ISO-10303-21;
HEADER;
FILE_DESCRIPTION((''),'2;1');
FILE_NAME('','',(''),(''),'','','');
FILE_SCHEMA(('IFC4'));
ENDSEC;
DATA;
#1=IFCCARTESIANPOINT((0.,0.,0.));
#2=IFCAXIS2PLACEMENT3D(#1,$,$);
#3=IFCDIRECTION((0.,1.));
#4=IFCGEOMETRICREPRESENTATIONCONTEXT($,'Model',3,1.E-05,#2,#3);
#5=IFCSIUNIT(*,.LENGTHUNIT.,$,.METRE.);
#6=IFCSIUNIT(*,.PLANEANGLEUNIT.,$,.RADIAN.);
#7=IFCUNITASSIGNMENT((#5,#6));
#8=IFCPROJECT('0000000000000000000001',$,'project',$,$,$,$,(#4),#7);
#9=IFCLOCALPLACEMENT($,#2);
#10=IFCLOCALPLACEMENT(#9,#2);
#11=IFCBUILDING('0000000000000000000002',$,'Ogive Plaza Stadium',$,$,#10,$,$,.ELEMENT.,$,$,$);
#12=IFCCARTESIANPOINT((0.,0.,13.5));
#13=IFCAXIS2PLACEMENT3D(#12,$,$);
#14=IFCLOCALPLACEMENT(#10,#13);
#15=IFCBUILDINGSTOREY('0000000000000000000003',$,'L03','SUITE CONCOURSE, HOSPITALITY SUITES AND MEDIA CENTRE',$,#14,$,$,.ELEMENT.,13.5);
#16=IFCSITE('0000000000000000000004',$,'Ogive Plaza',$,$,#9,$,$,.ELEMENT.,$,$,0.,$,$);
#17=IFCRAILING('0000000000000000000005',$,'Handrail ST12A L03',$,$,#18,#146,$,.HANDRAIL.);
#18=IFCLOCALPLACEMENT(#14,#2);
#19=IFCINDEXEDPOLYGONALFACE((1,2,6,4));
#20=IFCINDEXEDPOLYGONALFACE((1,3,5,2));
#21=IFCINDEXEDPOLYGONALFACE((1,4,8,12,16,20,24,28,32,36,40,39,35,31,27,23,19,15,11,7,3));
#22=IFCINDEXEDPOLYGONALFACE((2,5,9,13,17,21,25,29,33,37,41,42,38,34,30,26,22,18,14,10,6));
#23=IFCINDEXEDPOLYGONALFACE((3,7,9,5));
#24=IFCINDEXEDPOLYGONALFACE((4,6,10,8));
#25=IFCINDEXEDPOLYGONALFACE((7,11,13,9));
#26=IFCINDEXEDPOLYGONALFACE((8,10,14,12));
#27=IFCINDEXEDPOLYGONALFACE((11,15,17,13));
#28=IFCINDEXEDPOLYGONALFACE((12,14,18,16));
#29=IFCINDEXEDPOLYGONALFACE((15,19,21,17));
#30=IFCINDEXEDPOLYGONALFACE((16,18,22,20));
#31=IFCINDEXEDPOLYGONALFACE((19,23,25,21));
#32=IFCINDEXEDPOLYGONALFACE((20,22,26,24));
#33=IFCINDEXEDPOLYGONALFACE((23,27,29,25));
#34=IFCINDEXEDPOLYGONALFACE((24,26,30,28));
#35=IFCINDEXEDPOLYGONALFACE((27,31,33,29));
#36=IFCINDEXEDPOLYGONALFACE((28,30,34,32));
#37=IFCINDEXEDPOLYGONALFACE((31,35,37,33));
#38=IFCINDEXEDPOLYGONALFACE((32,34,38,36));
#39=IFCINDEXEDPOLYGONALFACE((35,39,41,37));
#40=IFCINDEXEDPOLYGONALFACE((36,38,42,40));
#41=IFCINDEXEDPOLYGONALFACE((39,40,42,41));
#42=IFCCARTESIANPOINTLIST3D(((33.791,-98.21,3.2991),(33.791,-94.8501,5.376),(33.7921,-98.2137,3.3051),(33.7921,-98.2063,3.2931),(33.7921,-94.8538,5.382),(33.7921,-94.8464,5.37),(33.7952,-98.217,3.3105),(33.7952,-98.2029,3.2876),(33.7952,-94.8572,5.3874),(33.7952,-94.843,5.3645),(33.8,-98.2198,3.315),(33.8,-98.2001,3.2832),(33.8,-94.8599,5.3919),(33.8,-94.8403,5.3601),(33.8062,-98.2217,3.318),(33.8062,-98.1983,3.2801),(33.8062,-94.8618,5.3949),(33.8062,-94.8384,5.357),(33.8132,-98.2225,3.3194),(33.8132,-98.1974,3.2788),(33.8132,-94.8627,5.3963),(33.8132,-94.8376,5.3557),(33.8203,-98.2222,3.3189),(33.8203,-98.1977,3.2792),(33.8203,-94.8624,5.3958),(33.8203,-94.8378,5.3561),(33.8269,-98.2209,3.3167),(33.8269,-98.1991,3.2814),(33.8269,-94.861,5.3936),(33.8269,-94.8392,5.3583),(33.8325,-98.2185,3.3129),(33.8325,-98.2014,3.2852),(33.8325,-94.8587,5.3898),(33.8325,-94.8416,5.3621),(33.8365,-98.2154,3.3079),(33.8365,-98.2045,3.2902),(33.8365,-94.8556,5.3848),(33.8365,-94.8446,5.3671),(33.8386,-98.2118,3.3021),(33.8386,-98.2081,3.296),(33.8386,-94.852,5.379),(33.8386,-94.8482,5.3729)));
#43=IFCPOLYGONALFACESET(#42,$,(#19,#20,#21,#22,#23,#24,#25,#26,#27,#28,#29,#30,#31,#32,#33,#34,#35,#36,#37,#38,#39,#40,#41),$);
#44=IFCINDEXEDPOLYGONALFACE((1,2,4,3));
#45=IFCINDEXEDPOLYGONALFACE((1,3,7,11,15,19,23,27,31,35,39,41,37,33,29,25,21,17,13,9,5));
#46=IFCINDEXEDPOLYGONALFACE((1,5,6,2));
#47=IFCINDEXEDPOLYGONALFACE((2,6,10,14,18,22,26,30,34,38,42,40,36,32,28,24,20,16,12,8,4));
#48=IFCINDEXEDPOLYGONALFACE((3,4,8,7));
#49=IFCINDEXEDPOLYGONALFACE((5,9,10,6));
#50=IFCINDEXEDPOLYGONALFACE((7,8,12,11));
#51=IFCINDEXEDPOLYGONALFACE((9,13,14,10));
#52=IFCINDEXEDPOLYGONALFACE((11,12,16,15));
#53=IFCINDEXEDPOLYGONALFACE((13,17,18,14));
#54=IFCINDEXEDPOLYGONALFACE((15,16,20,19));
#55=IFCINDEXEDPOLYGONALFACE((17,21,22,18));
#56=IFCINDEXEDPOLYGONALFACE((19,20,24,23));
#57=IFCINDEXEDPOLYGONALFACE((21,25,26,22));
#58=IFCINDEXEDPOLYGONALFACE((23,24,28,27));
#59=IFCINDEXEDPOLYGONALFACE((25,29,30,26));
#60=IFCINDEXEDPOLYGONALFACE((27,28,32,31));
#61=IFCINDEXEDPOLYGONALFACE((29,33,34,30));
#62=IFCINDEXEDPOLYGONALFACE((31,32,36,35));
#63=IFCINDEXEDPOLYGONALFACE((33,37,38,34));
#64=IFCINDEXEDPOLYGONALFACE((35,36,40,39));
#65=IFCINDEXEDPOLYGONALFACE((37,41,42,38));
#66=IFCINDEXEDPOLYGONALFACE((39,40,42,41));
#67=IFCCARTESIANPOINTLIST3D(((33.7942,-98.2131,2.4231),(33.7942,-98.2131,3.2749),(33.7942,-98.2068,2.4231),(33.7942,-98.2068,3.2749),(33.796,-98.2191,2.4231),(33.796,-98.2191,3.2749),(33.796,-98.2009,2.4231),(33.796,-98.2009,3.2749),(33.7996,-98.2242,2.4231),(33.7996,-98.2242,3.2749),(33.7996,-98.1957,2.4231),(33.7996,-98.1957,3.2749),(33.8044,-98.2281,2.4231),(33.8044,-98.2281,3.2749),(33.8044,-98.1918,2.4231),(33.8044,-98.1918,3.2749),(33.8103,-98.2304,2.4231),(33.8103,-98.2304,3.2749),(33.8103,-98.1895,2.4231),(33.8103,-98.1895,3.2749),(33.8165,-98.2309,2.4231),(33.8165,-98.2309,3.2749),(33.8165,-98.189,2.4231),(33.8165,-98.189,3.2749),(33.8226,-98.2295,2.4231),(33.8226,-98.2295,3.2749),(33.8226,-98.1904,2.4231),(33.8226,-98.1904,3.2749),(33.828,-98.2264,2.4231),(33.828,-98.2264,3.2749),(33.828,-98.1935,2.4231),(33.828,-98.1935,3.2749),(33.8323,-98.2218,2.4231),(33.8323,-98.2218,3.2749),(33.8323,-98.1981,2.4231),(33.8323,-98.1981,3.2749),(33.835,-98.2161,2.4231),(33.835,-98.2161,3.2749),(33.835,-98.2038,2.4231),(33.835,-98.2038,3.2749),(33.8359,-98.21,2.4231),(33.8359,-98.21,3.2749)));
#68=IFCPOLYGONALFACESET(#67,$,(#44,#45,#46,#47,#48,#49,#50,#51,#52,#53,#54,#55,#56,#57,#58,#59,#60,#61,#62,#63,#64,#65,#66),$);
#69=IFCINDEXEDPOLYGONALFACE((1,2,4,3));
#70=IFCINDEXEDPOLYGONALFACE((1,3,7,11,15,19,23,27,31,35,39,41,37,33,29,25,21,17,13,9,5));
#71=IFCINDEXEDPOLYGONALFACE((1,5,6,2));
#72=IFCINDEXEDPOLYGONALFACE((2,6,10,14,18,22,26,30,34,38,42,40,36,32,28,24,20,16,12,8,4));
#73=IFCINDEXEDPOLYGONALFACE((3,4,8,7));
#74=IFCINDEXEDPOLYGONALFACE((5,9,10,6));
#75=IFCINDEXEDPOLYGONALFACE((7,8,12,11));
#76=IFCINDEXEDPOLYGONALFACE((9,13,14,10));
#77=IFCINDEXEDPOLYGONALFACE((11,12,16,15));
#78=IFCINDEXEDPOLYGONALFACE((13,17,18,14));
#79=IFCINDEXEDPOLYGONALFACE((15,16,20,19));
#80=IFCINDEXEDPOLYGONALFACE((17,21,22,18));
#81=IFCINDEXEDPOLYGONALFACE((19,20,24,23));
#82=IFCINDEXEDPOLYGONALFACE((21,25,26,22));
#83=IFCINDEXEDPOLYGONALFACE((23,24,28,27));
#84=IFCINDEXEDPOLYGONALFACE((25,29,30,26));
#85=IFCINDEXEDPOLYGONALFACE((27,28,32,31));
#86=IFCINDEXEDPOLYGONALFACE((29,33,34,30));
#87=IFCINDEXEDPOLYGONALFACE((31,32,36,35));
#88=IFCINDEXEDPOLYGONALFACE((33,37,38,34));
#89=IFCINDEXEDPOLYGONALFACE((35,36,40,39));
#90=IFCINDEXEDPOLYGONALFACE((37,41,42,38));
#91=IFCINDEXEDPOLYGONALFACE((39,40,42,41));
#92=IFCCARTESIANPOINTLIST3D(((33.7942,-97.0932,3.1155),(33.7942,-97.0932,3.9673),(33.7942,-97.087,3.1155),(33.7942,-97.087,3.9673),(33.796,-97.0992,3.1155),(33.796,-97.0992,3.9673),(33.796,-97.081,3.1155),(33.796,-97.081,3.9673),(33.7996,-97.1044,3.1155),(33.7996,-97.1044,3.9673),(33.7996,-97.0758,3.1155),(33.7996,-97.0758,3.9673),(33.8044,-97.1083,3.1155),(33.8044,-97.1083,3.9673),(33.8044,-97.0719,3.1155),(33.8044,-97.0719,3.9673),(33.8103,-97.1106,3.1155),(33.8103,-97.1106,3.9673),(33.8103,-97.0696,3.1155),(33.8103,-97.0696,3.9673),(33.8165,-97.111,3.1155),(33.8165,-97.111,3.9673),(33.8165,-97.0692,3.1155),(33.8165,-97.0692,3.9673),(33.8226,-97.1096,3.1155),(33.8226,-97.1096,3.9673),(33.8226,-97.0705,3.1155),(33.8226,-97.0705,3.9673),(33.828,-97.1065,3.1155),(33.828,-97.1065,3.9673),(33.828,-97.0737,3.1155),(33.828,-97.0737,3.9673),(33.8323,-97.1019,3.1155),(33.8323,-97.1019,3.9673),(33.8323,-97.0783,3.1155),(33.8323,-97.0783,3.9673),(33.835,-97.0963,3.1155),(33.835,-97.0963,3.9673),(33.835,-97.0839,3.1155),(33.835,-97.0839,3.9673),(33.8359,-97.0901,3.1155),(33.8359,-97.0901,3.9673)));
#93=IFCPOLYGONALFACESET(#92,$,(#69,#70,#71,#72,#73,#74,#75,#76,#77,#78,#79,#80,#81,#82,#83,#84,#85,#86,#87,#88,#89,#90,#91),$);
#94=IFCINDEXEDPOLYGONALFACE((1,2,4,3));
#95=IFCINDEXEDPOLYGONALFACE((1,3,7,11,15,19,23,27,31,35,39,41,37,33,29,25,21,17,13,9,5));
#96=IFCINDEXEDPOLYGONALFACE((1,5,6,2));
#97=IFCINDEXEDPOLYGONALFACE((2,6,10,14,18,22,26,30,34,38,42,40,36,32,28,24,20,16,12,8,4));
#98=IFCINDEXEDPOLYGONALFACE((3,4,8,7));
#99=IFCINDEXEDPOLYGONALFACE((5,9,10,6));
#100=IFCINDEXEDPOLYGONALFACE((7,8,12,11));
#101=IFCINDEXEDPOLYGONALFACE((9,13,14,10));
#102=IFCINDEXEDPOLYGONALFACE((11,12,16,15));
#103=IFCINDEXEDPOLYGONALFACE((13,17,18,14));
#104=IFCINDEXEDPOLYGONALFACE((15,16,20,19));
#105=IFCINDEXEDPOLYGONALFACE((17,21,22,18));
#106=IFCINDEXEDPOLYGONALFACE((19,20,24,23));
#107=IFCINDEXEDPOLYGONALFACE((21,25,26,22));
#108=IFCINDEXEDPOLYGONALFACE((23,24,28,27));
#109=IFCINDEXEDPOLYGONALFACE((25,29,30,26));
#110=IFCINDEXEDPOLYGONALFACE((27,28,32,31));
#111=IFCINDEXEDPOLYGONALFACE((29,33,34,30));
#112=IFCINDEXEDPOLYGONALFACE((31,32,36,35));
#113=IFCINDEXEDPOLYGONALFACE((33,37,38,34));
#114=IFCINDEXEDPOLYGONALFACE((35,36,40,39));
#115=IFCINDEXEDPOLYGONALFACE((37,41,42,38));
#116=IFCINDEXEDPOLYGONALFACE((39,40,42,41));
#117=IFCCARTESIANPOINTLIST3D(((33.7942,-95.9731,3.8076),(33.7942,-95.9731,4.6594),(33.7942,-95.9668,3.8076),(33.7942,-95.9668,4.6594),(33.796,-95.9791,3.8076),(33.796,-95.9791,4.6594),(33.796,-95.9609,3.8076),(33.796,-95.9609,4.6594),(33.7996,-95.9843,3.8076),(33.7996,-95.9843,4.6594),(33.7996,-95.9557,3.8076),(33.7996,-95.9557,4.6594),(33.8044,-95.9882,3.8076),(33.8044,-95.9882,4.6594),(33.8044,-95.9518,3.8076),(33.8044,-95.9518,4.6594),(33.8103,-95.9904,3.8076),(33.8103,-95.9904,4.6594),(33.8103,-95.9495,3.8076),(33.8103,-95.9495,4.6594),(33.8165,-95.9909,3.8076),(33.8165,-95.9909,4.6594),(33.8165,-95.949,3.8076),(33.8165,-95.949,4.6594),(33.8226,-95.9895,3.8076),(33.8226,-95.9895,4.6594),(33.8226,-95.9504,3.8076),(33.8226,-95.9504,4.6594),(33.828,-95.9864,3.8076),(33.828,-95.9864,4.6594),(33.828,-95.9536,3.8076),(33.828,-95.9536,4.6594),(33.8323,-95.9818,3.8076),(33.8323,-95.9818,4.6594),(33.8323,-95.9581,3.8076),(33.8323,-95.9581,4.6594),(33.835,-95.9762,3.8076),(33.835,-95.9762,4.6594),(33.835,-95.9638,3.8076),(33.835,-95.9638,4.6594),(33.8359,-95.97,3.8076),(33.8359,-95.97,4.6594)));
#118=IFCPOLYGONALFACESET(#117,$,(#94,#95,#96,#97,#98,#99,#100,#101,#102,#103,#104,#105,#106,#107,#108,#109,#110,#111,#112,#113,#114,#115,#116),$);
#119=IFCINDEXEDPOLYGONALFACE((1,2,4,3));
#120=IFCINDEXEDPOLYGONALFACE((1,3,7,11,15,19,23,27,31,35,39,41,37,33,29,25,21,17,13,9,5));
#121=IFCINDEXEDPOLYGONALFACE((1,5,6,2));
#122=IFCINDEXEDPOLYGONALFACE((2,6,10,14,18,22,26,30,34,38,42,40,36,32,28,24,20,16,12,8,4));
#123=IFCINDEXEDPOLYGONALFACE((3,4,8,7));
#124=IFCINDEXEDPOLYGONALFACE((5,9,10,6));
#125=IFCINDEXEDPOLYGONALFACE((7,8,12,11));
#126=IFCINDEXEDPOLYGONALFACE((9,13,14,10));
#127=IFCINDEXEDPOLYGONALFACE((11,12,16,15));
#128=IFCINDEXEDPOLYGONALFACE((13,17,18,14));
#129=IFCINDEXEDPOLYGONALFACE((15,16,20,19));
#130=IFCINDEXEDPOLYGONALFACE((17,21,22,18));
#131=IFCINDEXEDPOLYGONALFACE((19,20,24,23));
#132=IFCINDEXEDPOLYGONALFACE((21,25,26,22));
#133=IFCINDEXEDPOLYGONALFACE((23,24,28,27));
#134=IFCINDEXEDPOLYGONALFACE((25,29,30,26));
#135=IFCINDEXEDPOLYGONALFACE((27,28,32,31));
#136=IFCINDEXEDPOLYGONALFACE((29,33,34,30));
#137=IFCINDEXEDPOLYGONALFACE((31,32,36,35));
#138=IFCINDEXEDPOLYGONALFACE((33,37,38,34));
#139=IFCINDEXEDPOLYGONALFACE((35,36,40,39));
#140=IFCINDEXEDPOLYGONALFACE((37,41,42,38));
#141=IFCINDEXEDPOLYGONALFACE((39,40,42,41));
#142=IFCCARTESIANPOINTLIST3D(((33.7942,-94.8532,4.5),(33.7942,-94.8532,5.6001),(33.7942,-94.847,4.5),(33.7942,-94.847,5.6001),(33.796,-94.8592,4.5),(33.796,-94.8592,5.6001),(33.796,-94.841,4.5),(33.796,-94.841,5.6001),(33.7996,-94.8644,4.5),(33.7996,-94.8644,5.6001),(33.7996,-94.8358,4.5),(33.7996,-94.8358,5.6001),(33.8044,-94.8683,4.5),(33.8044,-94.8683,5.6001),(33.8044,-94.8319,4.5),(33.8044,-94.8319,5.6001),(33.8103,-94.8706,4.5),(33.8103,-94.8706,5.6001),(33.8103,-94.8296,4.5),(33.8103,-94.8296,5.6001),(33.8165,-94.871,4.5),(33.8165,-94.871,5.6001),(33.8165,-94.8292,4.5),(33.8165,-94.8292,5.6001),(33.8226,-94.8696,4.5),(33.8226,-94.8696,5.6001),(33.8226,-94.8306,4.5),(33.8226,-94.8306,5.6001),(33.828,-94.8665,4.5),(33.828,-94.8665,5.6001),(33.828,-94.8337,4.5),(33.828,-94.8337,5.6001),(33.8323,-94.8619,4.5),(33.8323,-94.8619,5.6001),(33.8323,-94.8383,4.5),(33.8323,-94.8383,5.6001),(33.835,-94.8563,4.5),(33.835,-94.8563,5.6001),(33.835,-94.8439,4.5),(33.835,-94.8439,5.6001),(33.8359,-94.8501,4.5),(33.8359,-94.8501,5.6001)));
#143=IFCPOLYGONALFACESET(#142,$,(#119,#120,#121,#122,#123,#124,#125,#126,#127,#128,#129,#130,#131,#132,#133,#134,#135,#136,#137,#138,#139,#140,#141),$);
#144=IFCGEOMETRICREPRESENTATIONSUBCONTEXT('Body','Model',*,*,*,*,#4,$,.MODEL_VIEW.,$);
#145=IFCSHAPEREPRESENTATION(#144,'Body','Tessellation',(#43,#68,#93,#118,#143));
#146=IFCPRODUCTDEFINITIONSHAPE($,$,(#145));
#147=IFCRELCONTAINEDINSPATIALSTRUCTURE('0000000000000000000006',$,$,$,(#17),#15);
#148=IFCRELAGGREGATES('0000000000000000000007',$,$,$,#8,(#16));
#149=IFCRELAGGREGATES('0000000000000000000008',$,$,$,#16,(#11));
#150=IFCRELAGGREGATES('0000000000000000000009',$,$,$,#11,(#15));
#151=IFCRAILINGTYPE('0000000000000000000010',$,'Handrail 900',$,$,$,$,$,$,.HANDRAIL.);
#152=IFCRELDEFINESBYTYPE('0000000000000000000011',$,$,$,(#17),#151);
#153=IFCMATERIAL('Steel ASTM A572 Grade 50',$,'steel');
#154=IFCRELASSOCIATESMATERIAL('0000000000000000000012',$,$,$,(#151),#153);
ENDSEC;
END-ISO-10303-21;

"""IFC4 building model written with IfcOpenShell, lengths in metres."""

from ifc_helpers import new_model, si_unit, direction, frame, origin, origin_2d, place, context, subcontext, project, spatial, circle, extrude, material, type_object, element, save


model = new_model("IFC4")

# Units and contexts
model_context = context("Model", 3, precision=1e-05, world=origin(), true_north=direction((0.0, 1.0)))
body_context = subcontext(model_context, "Body", "Model", "MODEL_VIEW")
ifc_project = project(units=[si_unit("LENGTHUNIT", "METRE"), si_unit("PLANEANGLEUNIT", "RADIAN")], contexts=[model_context])

# Site, building, storey
site_placement = place(None, origin())
site = spatial("IfcSite", under=ifc_project, at=site_placement, Name="Ogive Plaza", CompositionType="ELEMENT", RefElevation=0.0)
building_placement = place(site_placement, origin())
building = spatial("IfcBuilding", under=site, at=building_placement, Name="Ogive Plaza Stadium", CompositionType="ELEMENT")
storey_placement = place(building_placement, frame((0.0, 0.0, 13.5)))
storey = spatial("IfcBuildingStorey", under=building, at=storey_placement, Name="L03", Description="SUITE CONCOURSE, HOSPITALITY SUITES AND MEDIA CENTRE", CompositionType="ELEMENT", Elevation=13.5)

# Railing
ifc_material_1 = material(Name="Steel ASTM A572 Grade 50", Category="steel")
railing_type_1 = type_object("IfcRailingType", Name="Handrail 900", PredefinedType="HANDRAIL", material=ifc_material_1)
for number, where, name in (
    (1, (33.8149, -98.21, 2.4231), "Handrail ST12A L03"),
):
    element("IfcRailing", number, at=place(storey_placement, frame(where)), inside=storey, type_object=railing_type_1, Name=name, PredefinedType="HANDRAIL", context=body_context, shape_type="SweptSolid", body=[
        extrude(circle(Radius=0.0239, at=origin_2d()), frame((0.0, 0.0, 0.876), z_axis=(0.0, 0.850606, 0.525803), x_axis=(-1.0, 0.0, 0.0)), (0.0, 0.0, 1.0), 3.95),
        extrude(circle(Radius=0.021, at=origin_2d()), origin(), (0.0, 0.0, 1.0), 0.8518),
        extrude(circle(Radius=0.021, at=origin_2d()), frame((0.0, 1.1199, 0.6924)), (0.0, 0.0, 1.0), 0.8518),
        extrude(circle(Radius=0.021, at=origin_2d()), frame((0.0, 2.24, 1.3845)), (0.0, 0.0, 1.0), 0.8518),
        extrude(circle(Radius=0.021, at=origin_2d()), frame((0.0, 3.3599, 2.0769)), (0.0, 0.0, 1.0), 1.1001),
    ])

save(model, "model.ifc")
